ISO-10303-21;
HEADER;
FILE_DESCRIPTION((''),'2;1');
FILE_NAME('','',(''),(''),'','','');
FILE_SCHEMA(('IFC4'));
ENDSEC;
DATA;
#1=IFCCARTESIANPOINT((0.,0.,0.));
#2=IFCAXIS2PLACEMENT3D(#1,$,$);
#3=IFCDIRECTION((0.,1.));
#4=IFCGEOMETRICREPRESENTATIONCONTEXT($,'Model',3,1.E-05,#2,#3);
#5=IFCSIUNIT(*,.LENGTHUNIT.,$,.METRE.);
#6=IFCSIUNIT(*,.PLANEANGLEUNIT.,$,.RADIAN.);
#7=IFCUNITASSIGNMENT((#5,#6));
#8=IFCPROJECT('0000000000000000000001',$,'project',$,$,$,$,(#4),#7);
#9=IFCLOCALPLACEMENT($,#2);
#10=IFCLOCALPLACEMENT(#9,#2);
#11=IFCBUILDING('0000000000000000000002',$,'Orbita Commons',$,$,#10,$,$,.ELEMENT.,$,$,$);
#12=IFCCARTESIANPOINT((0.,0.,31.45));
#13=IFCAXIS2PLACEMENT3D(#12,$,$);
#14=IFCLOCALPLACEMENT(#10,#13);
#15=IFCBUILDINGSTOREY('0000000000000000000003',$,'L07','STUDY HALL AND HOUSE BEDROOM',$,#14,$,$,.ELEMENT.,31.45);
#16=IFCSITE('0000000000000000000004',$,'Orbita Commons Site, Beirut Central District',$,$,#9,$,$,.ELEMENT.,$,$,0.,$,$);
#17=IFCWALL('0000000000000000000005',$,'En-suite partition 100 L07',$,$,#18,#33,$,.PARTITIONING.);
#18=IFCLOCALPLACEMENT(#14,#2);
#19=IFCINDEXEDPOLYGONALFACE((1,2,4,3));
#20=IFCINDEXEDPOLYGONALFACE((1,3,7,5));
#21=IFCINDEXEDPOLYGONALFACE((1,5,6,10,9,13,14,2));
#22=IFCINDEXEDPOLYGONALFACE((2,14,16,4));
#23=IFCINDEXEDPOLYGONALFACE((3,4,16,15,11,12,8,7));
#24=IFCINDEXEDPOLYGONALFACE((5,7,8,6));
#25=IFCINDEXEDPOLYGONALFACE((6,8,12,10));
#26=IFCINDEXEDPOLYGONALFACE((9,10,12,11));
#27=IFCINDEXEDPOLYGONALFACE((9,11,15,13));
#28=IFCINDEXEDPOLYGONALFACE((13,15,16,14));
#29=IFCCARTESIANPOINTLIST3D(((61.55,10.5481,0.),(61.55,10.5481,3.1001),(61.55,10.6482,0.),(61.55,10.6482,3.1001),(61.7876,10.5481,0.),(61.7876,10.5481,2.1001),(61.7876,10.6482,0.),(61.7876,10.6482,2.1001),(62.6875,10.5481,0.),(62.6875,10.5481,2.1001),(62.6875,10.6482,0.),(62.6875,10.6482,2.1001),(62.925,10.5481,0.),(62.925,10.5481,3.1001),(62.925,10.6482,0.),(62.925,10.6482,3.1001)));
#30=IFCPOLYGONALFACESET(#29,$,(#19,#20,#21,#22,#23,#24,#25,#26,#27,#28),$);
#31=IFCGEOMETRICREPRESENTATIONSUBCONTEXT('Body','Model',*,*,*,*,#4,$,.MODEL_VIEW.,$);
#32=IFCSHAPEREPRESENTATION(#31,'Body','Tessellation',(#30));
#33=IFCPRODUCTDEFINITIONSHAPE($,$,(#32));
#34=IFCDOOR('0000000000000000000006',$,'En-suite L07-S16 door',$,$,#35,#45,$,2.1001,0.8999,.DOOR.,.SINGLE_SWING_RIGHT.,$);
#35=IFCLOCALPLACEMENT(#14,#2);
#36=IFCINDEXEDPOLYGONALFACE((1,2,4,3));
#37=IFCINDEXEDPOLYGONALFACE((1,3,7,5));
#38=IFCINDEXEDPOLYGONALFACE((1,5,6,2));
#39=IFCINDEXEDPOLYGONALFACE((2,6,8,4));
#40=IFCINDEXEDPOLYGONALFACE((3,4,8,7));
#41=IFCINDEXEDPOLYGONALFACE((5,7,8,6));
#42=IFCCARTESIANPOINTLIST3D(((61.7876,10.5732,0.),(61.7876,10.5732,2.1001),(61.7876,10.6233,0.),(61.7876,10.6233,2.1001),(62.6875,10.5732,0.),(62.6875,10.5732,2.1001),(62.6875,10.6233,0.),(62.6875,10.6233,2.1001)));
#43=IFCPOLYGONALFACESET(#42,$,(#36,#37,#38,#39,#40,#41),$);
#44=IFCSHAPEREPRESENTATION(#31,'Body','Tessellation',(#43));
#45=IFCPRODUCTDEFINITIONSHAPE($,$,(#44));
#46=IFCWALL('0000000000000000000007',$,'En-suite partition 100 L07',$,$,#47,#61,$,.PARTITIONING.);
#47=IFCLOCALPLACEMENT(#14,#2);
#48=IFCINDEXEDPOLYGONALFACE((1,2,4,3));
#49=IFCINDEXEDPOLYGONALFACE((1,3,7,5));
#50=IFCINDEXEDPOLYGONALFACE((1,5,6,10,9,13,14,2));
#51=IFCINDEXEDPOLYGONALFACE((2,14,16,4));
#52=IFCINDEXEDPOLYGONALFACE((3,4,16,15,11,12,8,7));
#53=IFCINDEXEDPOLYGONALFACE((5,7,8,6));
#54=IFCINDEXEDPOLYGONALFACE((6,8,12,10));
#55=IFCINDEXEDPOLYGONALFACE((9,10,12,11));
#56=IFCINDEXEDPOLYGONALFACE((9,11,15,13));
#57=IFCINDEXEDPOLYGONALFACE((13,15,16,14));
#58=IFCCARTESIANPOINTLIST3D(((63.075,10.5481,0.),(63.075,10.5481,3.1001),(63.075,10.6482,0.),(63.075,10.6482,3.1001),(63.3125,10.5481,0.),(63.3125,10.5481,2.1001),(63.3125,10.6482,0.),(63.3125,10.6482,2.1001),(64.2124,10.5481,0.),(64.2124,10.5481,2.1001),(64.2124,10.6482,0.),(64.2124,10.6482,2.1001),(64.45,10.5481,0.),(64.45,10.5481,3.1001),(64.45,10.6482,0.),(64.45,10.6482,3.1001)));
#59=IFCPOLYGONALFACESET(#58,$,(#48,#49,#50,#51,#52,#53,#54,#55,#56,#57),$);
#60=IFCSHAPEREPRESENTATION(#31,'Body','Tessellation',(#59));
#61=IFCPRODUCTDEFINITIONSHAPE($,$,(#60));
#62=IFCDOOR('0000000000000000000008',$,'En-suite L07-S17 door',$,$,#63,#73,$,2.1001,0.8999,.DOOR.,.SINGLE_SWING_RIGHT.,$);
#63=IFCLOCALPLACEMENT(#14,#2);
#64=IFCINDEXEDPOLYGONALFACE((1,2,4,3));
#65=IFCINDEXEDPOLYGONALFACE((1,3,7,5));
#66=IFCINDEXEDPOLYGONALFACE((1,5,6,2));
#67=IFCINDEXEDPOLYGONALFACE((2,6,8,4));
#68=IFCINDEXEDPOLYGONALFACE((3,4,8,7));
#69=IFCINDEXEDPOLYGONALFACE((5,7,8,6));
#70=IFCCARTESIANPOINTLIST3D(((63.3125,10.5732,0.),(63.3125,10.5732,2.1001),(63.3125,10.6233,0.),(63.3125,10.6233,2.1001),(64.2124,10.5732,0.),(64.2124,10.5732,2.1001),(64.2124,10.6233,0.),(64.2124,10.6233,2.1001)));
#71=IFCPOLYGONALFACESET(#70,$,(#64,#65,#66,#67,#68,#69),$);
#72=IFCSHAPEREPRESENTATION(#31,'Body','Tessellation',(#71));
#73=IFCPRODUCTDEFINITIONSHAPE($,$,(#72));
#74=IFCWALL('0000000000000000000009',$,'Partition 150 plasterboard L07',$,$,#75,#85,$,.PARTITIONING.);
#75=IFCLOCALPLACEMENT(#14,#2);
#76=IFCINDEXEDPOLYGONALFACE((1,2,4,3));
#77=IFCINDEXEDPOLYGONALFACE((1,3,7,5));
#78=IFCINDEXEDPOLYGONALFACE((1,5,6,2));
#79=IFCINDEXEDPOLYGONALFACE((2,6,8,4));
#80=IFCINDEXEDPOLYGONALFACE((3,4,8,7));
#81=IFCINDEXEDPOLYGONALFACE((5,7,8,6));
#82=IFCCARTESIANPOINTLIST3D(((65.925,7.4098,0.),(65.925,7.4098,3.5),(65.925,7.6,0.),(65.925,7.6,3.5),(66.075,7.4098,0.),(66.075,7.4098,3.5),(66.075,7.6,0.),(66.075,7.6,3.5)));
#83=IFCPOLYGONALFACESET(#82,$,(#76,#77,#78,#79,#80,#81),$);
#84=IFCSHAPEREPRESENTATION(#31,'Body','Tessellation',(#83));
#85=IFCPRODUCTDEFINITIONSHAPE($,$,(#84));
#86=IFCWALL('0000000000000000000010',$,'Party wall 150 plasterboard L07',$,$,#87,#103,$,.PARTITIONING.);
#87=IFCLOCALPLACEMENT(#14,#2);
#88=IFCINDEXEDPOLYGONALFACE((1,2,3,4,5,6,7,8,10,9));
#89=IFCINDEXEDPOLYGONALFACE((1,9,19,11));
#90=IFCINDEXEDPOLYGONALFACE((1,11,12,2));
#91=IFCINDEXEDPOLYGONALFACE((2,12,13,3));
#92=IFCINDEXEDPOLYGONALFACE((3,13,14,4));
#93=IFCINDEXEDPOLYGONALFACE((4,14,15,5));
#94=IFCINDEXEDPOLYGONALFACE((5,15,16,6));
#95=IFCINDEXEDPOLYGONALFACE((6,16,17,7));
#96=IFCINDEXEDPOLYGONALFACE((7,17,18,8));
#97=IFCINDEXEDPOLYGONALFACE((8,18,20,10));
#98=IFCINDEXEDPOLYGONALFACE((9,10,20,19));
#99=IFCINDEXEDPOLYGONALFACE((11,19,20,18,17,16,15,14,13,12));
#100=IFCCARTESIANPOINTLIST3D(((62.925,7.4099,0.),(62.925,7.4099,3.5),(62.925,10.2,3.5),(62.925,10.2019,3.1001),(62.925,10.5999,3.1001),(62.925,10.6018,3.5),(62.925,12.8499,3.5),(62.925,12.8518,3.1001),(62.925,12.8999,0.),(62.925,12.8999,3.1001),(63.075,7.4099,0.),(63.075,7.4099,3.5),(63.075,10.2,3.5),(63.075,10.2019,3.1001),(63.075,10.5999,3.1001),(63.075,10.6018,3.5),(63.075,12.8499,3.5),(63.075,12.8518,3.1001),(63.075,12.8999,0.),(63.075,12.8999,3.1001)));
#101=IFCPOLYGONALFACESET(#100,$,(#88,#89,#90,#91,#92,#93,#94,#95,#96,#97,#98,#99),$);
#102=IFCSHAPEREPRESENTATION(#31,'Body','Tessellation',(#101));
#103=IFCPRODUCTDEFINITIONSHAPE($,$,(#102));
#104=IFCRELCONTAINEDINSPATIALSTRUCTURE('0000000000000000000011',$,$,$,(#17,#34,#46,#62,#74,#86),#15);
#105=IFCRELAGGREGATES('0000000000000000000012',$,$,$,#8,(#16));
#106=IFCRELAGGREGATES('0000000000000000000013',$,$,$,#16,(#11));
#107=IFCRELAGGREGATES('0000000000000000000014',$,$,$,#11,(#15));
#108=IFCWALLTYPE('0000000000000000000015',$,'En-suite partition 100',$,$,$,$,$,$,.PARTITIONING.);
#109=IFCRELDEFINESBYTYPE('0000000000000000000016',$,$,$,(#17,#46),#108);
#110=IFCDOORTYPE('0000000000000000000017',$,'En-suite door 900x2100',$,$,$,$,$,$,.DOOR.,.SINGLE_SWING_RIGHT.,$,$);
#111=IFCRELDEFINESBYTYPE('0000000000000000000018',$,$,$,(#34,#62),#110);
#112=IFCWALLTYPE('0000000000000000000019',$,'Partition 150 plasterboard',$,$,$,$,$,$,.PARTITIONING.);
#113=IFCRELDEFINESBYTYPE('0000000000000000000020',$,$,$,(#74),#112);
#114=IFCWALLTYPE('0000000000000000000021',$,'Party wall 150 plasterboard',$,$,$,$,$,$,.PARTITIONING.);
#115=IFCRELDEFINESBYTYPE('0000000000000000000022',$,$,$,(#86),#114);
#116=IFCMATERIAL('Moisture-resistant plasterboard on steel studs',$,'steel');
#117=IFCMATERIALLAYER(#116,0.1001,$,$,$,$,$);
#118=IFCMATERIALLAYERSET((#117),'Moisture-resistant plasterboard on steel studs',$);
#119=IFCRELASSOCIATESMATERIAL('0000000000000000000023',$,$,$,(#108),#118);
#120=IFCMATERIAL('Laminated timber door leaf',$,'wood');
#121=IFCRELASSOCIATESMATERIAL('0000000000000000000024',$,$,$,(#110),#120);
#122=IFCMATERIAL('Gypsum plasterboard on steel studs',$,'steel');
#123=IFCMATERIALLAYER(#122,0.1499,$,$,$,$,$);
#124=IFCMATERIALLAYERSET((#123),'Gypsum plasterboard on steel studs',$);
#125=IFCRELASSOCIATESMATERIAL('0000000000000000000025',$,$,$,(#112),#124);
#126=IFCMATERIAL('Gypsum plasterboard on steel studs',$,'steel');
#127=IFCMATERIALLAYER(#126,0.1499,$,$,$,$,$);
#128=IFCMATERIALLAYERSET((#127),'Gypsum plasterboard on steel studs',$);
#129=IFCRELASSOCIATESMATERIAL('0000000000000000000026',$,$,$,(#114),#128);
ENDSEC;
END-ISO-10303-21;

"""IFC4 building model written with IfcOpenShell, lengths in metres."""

from ifc_helpers import new_model, si_unit, direction, frame, frame_2d, origin, place, context, subcontext, project, spatial, polyline, rectangle, outline, extrude, material, layer, layer_set, type_object, element, fill, save


model = new_model("IFC4")

# Units and contexts
model_context = context("Model", 3, precision=1e-05, world=origin(), true_north=direction((0.0, 1.0)))
body_context = subcontext(model_context, "Body", "Model", "MODEL_VIEW")
ifc_project = project(units=[si_unit("LENGTHUNIT", "METRE"), si_unit("PLANEANGLEUNIT", "RADIAN")], contexts=[model_context])

# Site, building, storey
site_placement = place(None, origin())
site = spatial("IfcSite", under=ifc_project, at=site_placement, Name="Orbita Commons Site, Beirut Central District", CompositionType="ELEMENT", RefElevation=0.0)
building_placement = place(site_placement, origin())
building = spatial("IfcBuilding", under=site, at=building_placement, Name="Orbita Commons", CompositionType="ELEMENT")
storey_placement = place(building_placement, frame((0.0, 0.0, 31.45)))
storey = spatial("IfcBuildingStorey", under=building, at=storey_placement, Name="L07", Description="STUDY HALL AND HOUSE BEDROOM", CompositionType="ELEMENT", Elevation=31.45)

# Walls, openings, doors
ifc_material_1 = material(Name="Moisture-resistant plasterboard on steel studs", Category="steel")
ifc_layer_1 = layer(ifc_material_1, 0.1001)
ifc_layer_set_1 = layer_set([ifc_layer_1], Name="Moisture-resistant plasterboard on steel studs")
wall_type_1 = type_object("IfcWallType", Name="En-suite partition 100", PredefinedType="PARTITIONING", material=ifc_layer_set_1)
wall_1_placement = place(storey_placement, frame((62.925, 10.5981, 0.0), z_axis=(0.0, 0.0, 1.0), x_axis=(-1.0, 0.0, 0.0)))
wall_1 = element("IfcWall", 1, at=wall_1_placement, inside=storey, type_object=wall_type_1, Name="En-suite partition 100 L07", PredefinedType="PARTITIONING", context=body_context, shape_type="SweptSolid", body=[
    extrude(outline(polyline([(0.0, 0.0), (1.375, 0.0), (1.375, 3.1001), (0.0, 3.1001), (0.0, 0.0)])), frame((0.0, 0.05, 0.0), z_axis=(0.0, -1.0, 0.0), x_axis=(1.0, 0.0, 0.0)), (0.0, 0.0, 1.0), 0.1001),
])
opening_1_placement = place(wall_1_placement, frame((0.2375, 0.0, 0.0)))
opening_1 = element("IfcOpeningElement", 2, at=opening_1_placement, cuts=wall_1, PredefinedType="OPENING", context=body_context, shape_type="SweptSolid", body=[
    extrude(rectangle(XDim=0.8999, YDim=2.1001, at=frame_2d((0.45, 1.05))), frame((0.0, 0.0601, 0.0), z_axis=(0.0, -1.0, 0.0), x_axis=(1.0, 0.0, 0.0)), (0.0, 0.0, 1.0), 0.1201),
])
ifc_material_2 = material(Name="Laminated timber door leaf", Category="wood")
door_type = type_object("IfcDoorType", Name="En-suite door 900x2100", OperationType="SINGLE_SWING_RIGHT", PredefinedType="DOOR", material=ifc_material_2)
door_1_placement = place(opening_1_placement, origin())
door_1 = element("IfcDoor", 3, at=door_1_placement, inside=storey, type_object=door_type, Name="En-suite L07-S16 door", OperationType="SINGLE_SWING_RIGHT", OverallHeight=2.1001, OverallWidth=0.8999, PredefinedType="DOOR", context=body_context, shape_type="SweptSolid", body=[
    extrude(rectangle(XDim=0.8999, YDim=2.1001, at=frame_2d((0.45, 1.05))), frame((0.0, 0.0249, 0.0), z_axis=(0.0, -1.0, 0.0), x_axis=(1.0, 0.0, 0.0)), (0.0, 0.0, 1.0), 0.05),
])
fill(opening_1, door_1)
wall_2_placement = place(storey_placement, frame((64.45, 10.5981, 0.0), z_axis=(0.0, 0.0, 1.0), x_axis=(-1.0, 0.0, 0.0)))
wall_2 = element("IfcWall", 4, at=wall_2_placement, inside=storey, type_object=wall_type_1, Name="En-suite partition 100 L07", PredefinedType="PARTITIONING", context=body_context, shape_type="SweptSolid", body=[
    extrude(outline(polyline([(0.0, 0.0), (1.375, 0.0), (1.375, 3.1001), (0.0, 3.1001), (0.0, 0.0)])), frame((0.0, 0.05, 0.0), z_axis=(0.0, -1.0, 0.0), x_axis=(1.0, 0.0, 0.0)), (0.0, 0.0, 1.0), 0.1001),
])
opening_2_placement = place(wall_2_placement, frame((0.2375, 0.0, 0.0)))
opening_2 = element("IfcOpeningElement", 5, at=opening_2_placement, cuts=wall_2, PredefinedType="OPENING", context=body_context, shape_type="SweptSolid", body=[
    extrude(rectangle(XDim=0.8999, YDim=2.1001, at=frame_2d((0.45, 1.05))), frame((0.0, 0.0601, 0.0), z_axis=(0.0, -1.0, 0.0), x_axis=(1.0, 0.0, 0.0)), (0.0, 0.0, 1.0), 0.1201),
])
door_2_placement = place(opening_2_placement, origin())
door_2 = element("IfcDoor", 6, at=door_2_placement, inside=storey, type_object=door_type, Name="En-suite L07-S17 door", OperationType="SINGLE_SWING_RIGHT", OverallHeight=2.1001, OverallWidth=0.8999, PredefinedType="DOOR", context=body_context, shape_type="SweptSolid", body=[
    extrude(rectangle(XDim=0.8999, YDim=2.1001, at=frame_2d((0.45, 1.05))), frame((0.0, 0.0249, 0.0), z_axis=(0.0, -1.0, 0.0), x_axis=(1.0, 0.0, 0.0)), (0.0, 0.0, 1.0), 0.05),
])
fill(opening_2, door_2)

# Walls
ifc_material_3 = material(Name="Gypsum plasterboard on steel studs", Category="steel")
ifc_layer_2 = layer(ifc_material_3, 0.1499)
ifc_layer_set_2 = layer_set([ifc_layer_2], Name="Gypsum plasterboard on steel studs")
wall_type_2 = type_object("IfcWallType", Name="Partition 150 plasterboard", PredefinedType="PARTITIONING", material=ifc_layer_set_2)
wall_3_placement = place(storey_placement, frame((66.0, 7.6001, 0.0), z_axis=(0.0, 0.0, 1.0), x_axis=(0.0, -1.0, 0.0)))
element("IfcWall", 7, at=wall_3_placement, inside=storey, type_object=wall_type_2, Name="Partition 150 plasterboard L07", PredefinedType="PARTITIONING", context=body_context, shape_type="SweptSolid", body=[
    extrude(rectangle(XDim=0.1902, YDim=0.1499, at=frame_2d((0.0952, 0.0))), origin(), (0.0, 0.0, 1.0), 3.5),
])
ifc_material_4 = material(Name="Gypsum plasterboard on steel studs", Category="steel")
ifc_layer_3 = layer(ifc_material_4, 0.1499)
ifc_layer_set_3 = layer_set([ifc_layer_3], Name="Gypsum plasterboard on steel studs")
wall_type_3 = type_object("IfcWallType", Name="Party wall 150 plasterboard", PredefinedType="PARTITIONING", material=ifc_layer_set_3)
wall_4_placement = place(storey_placement, frame((63.0, 7.4099, 0.0), z_axis=(0.0, 0.0, 1.0), x_axis=(0.0, 1.0, 0.0)))
element("IfcWall", 8, at=wall_4_placement, inside=storey, type_object=wall_type_3, Name="Party wall 150 plasterboard L07", PredefinedType="PARTITIONING", context=body_context, shape_type="SweptSolid", body=[
    extrude(outline(polyline([(0.0, 0.0), (5.49, 0.0), (5.49, 3.1001), (5.4419, 3.1001), (5.4399, 3.5), (3.1919, 3.5), (3.1899, 3.1001), (2.792, 3.1001), (2.79, 3.5), (0.0, 3.5), (0.0, 0.0)])), frame((0.0, 0.075, 0.0), z_axis=(0.0, -1.0, 0.0), x_axis=(1.0, 0.0, 0.0)), (0.0, 0.0, 1.0), 0.1499),
])

save(model, "model.ifc")
